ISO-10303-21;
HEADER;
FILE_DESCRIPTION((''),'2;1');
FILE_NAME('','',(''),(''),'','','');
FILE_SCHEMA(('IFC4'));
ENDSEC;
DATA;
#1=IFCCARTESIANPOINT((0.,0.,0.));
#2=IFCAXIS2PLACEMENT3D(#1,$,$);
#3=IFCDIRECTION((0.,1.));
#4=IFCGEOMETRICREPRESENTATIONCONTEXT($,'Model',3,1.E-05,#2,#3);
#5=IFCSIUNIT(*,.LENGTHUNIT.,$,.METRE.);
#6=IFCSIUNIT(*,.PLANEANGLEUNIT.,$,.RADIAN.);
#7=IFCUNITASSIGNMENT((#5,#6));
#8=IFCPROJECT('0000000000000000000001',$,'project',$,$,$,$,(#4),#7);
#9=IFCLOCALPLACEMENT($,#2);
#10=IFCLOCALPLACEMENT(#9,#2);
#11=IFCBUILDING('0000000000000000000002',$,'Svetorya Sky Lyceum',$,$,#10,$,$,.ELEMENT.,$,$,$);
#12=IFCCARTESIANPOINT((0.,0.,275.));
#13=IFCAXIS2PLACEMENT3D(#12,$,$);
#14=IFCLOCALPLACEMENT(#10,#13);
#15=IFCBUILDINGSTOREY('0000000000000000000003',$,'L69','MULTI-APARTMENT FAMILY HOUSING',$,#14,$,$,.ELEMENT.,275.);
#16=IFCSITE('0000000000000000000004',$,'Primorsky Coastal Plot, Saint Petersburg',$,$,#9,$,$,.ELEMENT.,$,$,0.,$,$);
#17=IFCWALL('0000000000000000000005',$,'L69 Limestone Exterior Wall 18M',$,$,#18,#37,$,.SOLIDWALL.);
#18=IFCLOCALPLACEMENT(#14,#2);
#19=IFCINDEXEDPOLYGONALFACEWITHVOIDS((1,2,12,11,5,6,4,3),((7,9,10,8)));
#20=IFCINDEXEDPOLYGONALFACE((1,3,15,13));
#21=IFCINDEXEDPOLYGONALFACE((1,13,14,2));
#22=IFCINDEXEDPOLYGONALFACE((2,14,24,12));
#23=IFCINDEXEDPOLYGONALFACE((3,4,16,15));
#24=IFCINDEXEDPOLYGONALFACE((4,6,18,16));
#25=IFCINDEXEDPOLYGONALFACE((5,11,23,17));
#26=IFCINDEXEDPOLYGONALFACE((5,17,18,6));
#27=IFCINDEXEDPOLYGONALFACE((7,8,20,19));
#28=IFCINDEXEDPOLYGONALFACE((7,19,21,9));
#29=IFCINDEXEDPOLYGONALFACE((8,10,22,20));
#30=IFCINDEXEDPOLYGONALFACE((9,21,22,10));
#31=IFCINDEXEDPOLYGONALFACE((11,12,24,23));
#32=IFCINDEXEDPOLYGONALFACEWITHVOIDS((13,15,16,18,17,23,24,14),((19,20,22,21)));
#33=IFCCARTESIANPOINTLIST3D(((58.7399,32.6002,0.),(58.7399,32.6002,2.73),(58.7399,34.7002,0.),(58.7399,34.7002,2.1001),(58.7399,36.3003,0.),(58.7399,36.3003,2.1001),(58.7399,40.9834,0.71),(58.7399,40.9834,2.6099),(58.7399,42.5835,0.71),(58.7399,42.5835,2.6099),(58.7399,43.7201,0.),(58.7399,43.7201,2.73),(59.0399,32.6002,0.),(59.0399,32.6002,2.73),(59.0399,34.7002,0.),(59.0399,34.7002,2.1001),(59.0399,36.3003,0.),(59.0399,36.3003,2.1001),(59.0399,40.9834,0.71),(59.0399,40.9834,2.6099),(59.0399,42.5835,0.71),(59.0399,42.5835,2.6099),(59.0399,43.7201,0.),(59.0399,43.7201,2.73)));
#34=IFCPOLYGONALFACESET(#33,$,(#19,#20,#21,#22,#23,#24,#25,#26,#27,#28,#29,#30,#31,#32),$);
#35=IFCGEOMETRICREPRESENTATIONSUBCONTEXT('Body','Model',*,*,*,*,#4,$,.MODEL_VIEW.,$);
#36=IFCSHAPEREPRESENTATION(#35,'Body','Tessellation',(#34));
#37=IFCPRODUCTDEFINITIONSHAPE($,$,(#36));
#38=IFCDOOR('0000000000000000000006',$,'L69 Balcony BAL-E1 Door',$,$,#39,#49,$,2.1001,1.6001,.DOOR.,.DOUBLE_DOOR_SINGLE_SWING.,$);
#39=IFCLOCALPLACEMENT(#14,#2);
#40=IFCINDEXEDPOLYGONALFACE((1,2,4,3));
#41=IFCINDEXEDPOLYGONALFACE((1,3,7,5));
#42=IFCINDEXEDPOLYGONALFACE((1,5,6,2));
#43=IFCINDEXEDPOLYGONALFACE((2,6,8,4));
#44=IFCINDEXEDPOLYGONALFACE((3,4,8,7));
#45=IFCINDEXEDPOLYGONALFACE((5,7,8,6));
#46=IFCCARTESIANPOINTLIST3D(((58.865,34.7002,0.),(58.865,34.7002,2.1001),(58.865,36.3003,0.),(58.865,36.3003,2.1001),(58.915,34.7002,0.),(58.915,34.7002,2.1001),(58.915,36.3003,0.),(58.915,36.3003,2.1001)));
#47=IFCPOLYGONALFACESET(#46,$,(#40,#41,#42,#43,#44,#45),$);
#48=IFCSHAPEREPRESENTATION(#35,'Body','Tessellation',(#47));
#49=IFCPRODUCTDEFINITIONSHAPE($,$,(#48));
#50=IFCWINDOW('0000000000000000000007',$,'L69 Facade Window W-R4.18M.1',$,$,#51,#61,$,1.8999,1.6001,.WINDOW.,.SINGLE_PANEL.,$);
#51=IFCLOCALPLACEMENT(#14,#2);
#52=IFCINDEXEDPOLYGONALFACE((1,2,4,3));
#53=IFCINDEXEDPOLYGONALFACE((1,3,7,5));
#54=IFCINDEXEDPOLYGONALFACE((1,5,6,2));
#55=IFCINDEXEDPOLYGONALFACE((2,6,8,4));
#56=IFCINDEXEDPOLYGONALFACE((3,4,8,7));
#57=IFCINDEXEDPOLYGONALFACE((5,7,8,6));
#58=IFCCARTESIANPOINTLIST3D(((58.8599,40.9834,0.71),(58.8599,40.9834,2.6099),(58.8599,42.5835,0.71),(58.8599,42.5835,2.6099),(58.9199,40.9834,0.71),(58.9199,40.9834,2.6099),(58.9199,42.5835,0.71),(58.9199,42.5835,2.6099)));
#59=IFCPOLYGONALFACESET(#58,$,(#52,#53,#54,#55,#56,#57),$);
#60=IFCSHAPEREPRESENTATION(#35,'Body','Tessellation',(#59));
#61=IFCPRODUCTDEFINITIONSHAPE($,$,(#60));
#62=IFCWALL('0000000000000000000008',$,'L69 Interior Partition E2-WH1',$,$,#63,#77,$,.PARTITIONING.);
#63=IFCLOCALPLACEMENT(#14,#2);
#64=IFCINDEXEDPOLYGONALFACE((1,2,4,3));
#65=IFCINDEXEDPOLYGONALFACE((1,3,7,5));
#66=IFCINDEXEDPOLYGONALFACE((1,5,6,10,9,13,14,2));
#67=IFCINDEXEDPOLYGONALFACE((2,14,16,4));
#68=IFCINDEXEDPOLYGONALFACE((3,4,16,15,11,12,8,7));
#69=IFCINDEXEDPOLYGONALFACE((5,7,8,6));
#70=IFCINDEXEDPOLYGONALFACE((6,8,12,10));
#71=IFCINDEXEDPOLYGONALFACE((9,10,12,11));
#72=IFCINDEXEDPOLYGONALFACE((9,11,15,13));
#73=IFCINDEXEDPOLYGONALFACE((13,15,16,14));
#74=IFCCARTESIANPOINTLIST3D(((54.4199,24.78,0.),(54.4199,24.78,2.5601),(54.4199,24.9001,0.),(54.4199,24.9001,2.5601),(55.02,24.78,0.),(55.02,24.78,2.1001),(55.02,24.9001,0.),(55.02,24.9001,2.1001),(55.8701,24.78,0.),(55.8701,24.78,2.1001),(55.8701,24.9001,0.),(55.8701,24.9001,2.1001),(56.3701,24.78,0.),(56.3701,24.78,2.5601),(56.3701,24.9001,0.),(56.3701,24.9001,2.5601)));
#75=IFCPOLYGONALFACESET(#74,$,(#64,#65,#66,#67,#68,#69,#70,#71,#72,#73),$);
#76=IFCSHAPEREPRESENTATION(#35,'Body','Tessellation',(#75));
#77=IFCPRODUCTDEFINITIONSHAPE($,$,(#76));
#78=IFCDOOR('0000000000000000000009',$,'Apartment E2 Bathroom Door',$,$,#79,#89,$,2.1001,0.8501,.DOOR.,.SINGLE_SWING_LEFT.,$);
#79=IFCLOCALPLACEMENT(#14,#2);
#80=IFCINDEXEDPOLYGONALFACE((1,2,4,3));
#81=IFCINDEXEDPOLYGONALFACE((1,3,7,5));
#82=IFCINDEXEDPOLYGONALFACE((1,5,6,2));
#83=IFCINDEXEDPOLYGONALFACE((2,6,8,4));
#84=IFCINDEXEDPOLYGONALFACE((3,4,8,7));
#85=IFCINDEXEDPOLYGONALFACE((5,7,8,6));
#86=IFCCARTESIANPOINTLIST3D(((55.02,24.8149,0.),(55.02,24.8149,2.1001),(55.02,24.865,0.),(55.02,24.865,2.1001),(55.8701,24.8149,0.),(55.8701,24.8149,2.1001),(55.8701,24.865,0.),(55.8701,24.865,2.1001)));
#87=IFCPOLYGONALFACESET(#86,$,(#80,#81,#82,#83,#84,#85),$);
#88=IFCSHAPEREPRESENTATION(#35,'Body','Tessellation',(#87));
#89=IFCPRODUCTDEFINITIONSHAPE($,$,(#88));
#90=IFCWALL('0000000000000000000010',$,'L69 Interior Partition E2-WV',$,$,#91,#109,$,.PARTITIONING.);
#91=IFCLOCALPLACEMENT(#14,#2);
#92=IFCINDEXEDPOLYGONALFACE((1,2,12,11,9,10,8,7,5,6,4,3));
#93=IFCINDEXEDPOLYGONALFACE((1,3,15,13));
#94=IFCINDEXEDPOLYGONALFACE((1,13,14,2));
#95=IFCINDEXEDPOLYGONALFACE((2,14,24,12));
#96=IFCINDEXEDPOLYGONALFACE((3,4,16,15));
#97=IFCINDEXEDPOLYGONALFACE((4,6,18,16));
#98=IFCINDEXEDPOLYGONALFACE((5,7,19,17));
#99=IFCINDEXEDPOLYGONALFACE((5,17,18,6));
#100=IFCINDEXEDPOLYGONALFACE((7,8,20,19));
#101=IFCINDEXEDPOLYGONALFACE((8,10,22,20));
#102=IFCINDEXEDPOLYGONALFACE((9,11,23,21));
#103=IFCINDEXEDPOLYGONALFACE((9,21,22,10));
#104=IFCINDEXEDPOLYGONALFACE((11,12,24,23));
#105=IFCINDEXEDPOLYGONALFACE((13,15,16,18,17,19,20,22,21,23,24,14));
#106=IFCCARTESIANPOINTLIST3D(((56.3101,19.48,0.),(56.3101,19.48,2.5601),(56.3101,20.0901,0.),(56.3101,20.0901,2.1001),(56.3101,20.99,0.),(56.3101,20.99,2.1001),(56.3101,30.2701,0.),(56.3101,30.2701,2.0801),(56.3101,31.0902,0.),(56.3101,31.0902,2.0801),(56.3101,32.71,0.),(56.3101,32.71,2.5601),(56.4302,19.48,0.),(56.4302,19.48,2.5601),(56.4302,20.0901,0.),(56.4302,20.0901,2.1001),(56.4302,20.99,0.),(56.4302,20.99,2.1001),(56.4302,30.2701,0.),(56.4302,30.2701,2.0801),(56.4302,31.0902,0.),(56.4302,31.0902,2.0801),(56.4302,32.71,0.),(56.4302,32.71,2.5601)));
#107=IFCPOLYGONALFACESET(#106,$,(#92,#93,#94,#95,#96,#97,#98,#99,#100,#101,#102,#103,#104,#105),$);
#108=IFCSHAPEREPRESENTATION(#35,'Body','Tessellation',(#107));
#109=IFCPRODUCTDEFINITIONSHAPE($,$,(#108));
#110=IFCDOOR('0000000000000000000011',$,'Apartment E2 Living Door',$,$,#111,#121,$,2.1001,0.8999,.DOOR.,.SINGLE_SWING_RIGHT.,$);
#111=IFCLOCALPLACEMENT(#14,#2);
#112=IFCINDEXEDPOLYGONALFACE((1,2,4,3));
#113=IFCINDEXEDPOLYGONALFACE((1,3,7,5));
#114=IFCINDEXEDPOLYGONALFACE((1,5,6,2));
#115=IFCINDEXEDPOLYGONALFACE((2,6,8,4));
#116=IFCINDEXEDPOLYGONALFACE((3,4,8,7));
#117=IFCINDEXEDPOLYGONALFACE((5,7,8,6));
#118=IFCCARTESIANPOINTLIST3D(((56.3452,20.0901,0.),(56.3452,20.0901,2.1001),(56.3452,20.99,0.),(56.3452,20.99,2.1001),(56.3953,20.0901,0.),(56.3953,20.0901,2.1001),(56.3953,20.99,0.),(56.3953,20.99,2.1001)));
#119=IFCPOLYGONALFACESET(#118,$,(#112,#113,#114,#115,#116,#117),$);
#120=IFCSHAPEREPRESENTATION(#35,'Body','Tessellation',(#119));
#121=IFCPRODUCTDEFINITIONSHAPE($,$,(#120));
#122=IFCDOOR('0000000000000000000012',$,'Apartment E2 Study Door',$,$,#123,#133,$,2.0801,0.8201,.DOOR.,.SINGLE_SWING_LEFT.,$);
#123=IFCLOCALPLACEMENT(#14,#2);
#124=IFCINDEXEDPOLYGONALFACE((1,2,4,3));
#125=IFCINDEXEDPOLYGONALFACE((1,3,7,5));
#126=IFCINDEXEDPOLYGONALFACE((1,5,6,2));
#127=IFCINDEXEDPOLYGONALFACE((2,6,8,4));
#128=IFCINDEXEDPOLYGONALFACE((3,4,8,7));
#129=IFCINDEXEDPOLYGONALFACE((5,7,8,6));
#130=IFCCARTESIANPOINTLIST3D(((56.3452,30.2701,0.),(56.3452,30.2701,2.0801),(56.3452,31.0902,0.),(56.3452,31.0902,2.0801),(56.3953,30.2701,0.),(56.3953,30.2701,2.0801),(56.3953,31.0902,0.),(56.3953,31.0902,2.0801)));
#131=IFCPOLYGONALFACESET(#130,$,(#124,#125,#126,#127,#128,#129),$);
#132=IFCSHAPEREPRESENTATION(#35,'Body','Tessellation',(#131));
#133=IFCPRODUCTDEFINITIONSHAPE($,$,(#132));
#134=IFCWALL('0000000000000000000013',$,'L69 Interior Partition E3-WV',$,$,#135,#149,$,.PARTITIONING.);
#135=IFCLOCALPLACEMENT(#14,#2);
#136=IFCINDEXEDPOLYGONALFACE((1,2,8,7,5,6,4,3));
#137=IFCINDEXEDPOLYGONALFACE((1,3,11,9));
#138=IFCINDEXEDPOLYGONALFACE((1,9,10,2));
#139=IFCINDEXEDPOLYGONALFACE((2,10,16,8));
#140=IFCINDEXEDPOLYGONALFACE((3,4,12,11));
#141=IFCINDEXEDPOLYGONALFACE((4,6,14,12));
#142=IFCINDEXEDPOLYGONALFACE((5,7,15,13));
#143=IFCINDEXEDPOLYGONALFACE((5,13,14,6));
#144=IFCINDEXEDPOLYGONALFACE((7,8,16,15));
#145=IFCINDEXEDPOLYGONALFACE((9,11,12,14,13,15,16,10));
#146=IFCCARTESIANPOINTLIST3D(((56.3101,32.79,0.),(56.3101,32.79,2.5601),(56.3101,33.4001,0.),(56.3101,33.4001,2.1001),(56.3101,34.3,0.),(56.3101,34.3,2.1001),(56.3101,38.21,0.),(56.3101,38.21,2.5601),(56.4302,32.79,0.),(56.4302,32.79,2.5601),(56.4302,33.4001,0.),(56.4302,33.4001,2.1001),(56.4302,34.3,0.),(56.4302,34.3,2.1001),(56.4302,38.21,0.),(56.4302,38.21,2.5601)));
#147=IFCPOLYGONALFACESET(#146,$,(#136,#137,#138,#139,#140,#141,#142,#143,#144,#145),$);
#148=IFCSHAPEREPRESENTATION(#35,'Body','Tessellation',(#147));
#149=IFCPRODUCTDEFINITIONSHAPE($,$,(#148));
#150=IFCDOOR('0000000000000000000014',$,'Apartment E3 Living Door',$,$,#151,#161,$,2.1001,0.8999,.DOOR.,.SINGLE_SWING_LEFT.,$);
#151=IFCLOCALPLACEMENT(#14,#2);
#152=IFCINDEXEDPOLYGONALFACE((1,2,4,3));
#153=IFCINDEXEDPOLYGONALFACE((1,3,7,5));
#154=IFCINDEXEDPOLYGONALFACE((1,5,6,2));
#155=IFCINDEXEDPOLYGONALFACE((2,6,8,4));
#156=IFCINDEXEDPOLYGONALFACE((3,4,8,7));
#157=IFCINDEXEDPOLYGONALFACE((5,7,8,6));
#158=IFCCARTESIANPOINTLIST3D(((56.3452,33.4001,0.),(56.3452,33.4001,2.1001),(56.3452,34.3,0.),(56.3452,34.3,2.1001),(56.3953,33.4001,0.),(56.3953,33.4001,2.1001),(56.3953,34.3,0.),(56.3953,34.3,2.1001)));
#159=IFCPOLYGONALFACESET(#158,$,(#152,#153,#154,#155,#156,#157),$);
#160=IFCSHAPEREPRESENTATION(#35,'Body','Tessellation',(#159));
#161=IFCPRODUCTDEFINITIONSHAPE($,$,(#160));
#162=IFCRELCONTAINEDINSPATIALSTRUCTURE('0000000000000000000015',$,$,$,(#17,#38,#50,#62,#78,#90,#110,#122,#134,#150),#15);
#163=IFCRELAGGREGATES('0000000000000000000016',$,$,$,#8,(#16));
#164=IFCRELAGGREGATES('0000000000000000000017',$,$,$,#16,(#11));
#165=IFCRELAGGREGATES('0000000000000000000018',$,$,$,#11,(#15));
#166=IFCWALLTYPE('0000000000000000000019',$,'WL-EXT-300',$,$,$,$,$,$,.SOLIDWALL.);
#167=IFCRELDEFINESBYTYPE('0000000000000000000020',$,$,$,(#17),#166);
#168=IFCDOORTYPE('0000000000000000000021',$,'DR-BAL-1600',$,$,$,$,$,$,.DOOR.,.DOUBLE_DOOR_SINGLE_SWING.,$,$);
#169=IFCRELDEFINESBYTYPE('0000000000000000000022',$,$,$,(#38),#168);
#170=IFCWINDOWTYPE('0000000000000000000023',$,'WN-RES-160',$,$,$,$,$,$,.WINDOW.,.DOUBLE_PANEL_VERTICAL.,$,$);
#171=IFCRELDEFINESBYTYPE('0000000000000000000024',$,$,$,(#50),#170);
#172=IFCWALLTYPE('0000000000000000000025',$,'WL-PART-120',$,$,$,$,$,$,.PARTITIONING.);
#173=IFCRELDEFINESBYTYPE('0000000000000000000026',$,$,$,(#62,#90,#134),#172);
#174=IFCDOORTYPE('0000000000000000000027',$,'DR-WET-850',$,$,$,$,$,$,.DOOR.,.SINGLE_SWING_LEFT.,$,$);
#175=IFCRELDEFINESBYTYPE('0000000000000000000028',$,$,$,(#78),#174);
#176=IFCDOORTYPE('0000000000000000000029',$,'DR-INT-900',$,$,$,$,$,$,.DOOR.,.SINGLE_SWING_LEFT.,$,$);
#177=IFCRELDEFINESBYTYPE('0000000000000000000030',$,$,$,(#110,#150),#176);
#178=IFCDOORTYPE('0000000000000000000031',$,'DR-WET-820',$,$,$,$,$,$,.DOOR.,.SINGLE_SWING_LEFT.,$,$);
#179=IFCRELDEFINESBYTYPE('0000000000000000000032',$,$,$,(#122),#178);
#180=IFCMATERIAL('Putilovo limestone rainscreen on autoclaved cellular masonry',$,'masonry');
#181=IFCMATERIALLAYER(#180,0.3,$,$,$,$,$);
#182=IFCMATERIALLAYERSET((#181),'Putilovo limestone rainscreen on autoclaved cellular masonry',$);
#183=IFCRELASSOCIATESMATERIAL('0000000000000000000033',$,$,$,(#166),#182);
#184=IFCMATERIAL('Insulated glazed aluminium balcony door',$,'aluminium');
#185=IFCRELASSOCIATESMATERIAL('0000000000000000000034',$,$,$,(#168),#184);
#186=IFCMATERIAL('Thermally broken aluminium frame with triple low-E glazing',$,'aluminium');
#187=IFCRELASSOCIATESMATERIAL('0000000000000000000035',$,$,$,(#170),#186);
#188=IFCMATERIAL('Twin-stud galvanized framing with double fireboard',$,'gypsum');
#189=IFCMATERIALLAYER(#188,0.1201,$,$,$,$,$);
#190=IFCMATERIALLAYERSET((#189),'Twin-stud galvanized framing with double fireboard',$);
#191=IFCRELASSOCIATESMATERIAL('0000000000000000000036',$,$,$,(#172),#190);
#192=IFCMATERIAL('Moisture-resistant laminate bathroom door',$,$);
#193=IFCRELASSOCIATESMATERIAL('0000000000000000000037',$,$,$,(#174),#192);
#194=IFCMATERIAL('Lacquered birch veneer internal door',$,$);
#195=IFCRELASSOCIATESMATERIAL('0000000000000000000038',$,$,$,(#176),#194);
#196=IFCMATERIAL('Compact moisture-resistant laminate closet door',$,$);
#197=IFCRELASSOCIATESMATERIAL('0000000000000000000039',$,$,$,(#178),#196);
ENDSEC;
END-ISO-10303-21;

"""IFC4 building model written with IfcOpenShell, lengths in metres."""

from ifc_helpers import new_model, si_unit, direction, frame, frame_2d, origin, place, context, subcontext, project, spatial, rectangle, extrude, material, layer, layer_set, type_object, element, fill, save


model = new_model("IFC4")

# Units and contexts
model_context = context("Model", 3, precision=1e-05, world=origin(), true_north=direction((0.0, 1.0)))
body_context = subcontext(model_context, "Body", "Model", "MODEL_VIEW")
ifc_project = project(units=[si_unit("LENGTHUNIT", "METRE"), si_unit("PLANEANGLEUNIT", "RADIAN")], contexts=[model_context])

# Site, building, storey
site_placement = place(None, origin())
site = spatial("IfcSite", under=ifc_project, at=site_placement, Name="Primorsky Coastal Plot, Saint Petersburg", CompositionType="ELEMENT", RefElevation=0.0)
building_placement = place(site_placement, origin())
building = spatial("IfcBuilding", under=site, at=building_placement, Name="Svetorya Sky Lyceum", CompositionType="ELEMENT")
storey_placement = place(building_placement, frame((0.0, 0.0, 275.0)))
storey = spatial("IfcBuildingStorey", under=building, at=storey_placement, Name="L69", Description="MULTI-APARTMENT FAMILY HOUSING", CompositionType="ELEMENT", Elevation=275.0)

# Shared definitions
ifc_material_1 = material(Name="Putilovo limestone rainscreen on autoclaved cellular masonry", Category="masonry")
ifc_layer_1 = layer(ifc_material_1, 0.3)
ifc_layer_set_1 = layer_set([ifc_layer_1], Name="Putilovo limestone rainscreen on autoclaved cellular masonry")
wall_type_1 = type_object("IfcWallType", Name="WL-EXT-300", PredefinedType="SOLIDWALL", material=ifc_layer_set_1)
ifc_material_2 = material(Name="Thermally broken aluminium frame with triple low-E glazing", Category="aluminium")

# Wall, openings, door, window
wall_1_placement = place(storey_placement, frame((58.8899, 32.6001, 0.0), z_axis=(0.0, 0.0, 1.0), x_axis=(0.0, 1.0, 0.0)))
wall_1 = element("IfcWall", 1, at=wall_1_placement, inside=storey, type_object=wall_type_1, Name="L69 Limestone Exterior Wall 18M", PredefinedType="SOLIDWALL", context=body_context, shape_type="SweptSolid", body=[
    extrude(rectangle(XDim=11.1199, YDim=0.3, at=frame_2d((5.5601, 0.0))), origin(), (0.0, 0.0, 1.0), 2.73),
])
opening_1_placement = place(wall_1_placement, frame((2.1001, 0.0, 0.0)))
opening_1 = element("IfcOpeningElement", 2, at=opening_1_placement, cuts=wall_1, PredefinedType="OPENING", context=body_context, shape_type="SweptSolid", body=[
    extrude(rectangle(XDim=1.6001, YDim=2.1001, at=frame_2d((0.8, 1.05))), frame((0.0, 0.1599, 0.0), z_axis=(0.0, -1.0, 0.0), x_axis=(1.0, 0.0, 0.0)), (0.0, 0.0, 1.0), 0.3201),
])
opening_2_placement = place(wall_1_placement, frame((8.3833, 0.0, 0.71)))
opening_2 = element("IfcOpeningElement", 3, at=opening_2_placement, cuts=wall_1, PredefinedType="OPENING", context=body_context, shape_type="SweptSolid", body=[
    extrude(rectangle(XDim=1.6001, YDim=1.8999, at=frame_2d((0.8, 0.95))), frame((0.0, 0.1599, 0.0), z_axis=(0.0, -1.0, 0.0), x_axis=(1.0, 0.0, 0.0)), (0.0, 0.0, 1.0), 0.3201),
])
ifc_material_3 = material(Name="Insulated glazed aluminium balcony door", Category="aluminium")
door_type_1 = type_object("IfcDoorType", Name="DR-BAL-1600", OperationType="DOUBLE_DOOR_SINGLE_SWING", PredefinedType="DOOR", material=ifc_material_3)
door_1_placement = place(opening_1_placement, origin())
door_1 = element("IfcDoor", 4, at=door_1_placement, inside=storey, type_object=door_type_1, Name="L69 Balcony BAL-E1 Door", OperationType="DOUBLE_DOOR_SINGLE_SWING", OverallHeight=2.1001, OverallWidth=1.6001, PredefinedType="DOOR", context=body_context, shape_type="SweptSolid", body=[
    extrude(rectangle(XDim=1.6001, YDim=2.1001, at=frame_2d((0.8, 1.05))), frame((0.0, 0.0249, 0.0), z_axis=(0.0, -1.0, 0.0), x_axis=(1.0, 0.0, 0.0)), (0.0, 0.0, 1.0), 0.05),
])
fill(opening_1, door_1)
window_type_1 = type_object("IfcWindowType", Name="WN-RES-160", PartitioningType="DOUBLE_PANEL_VERTICAL", PredefinedType="WINDOW", material=ifc_material_2)
window_1_placement = place(opening_2_placement, origin())
window_1 = element("IfcWindow", 5, at=window_1_placement, inside=storey, type_object=window_type_1, Name="L69 Facade Window W-R4.18M.1", OverallHeight=1.8999, OverallWidth=1.6001, PartitioningType="SINGLE_PANEL", PredefinedType="WINDOW", context=body_context, shape_type="SweptSolid", body=[
    extrude(rectangle(XDim=1.6001, YDim=1.8999, at=frame_2d((0.8, 0.95))), frame((0.0, 0.03, 0.0), z_axis=(0.0, -1.0, 0.0), x_axis=(1.0, 0.0, 0.0)), (0.0, 0.0, 1.0), 0.0601),
])
fill(opening_2, window_1)

# Wall, opening, door
ifc_material_4 = material(Name="Twin-stud galvanized framing with double fireboard", Category="gypsum")
ifc_layer_2 = layer(ifc_material_4, 0.1201)
ifc_layer_set_2 = layer_set([ifc_layer_2], Name="Twin-stud galvanized framing with double fireboard")
wall_type_2 = type_object("IfcWallType", Name="WL-PART-120", PredefinedType="PARTITIONING", material=ifc_layer_set_2)
wall_2_placement = place(storey_placement, frame((54.4199, 24.8401, 0.0), z_axis=(0.0, 0.0, 1.0), x_axis=(1.0, 0.0, 0.0)))
wall_2 = element("IfcWall", 6, at=wall_2_placement, inside=storey, type_object=wall_type_2, Name="L69 Interior Partition E2-WH1", PredefinedType="PARTITIONING", context=body_context, shape_type="SweptSolid", body=[
    extrude(rectangle(XDim=1.9502, YDim=0.1201, at=frame_2d((0.9751, 0.0))), origin(), (0.0, 0.0, 1.0), 2.5601),
])
opening_3_placement = place(wall_2_placement, frame((0.6001, 0.0, 0.0)))
opening_3 = element("IfcOpeningElement", 7, at=opening_3_placement, cuts=wall_2, PredefinedType="OPENING", context=body_context, shape_type="SweptSolid", body=[
    extrude(rectangle(XDim=0.8501, YDim=2.1001, at=frame_2d((0.425, 1.05))), frame((0.0, 0.0701, 0.0), z_axis=(0.0, -1.0, 0.0), x_axis=(1.0, 0.0, 0.0)), (0.0, 0.0, 1.0), 0.1401),
])
ifc_material_5 = material(Name="Moisture-resistant laminate bathroom door")
door_type_2 = type_object("IfcDoorType", Name="DR-WET-850", OperationType="SINGLE_SWING_LEFT", PredefinedType="DOOR", material=ifc_material_5)
door_2_placement = place(opening_3_placement, origin())
door_2 = element("IfcDoor", 8, at=door_2_placement, inside=storey, type_object=door_type_2, Name="Apartment E2 Bathroom Door", OperationType="SINGLE_SWING_LEFT", OverallHeight=2.1001, OverallWidth=0.8501, PredefinedType="DOOR", context=body_context, shape_type="SweptSolid", body=[
    extrude(rectangle(XDim=0.8501, YDim=2.1001, at=frame_2d((0.425, 1.05))), frame((0.0, 0.0249, 0.0), z_axis=(0.0, -1.0, 0.0), x_axis=(1.0, 0.0, 0.0)), (0.0, 0.0, 1.0), 0.05),
])
fill(opening_3, door_2)

# Wall, openings, doors
wall_3_placement = place(storey_placement, frame((56.3701, 19.48, 0.0), z_axis=(0.0, 0.0, 1.0), x_axis=(0.0, 1.0, 0.0)))
wall_3 = element("IfcWall", 9, at=wall_3_placement, inside=storey, type_object=wall_type_2, Name="L69 Interior Partition E2-WV", PredefinedType="PARTITIONING", context=body_context, shape_type="SweptSolid", body=[
    extrude(rectangle(XDim=13.23, YDim=0.1201, at=frame_2d((6.615, 0.0))), origin(), (0.0, 0.0, 1.0), 2.5601),
])
opening_4_placement = place(wall_3_placement, frame((0.6101, 0.0, 0.0)))
opening_4 = element("IfcOpeningElement", 10, at=opening_4_placement, cuts=wall_3, PredefinedType="OPENING", context=body_context, shape_type="SweptSolid", body=[
    extrude(rectangle(XDim=0.8999, YDim=2.1001, at=frame_2d((0.45, 1.05))), frame((0.0, 0.0701, 0.0), z_axis=(0.0, -1.0, 0.0), x_axis=(1.0, 0.0, 0.0)), (0.0, 0.0, 1.0), 0.1401),
])
opening_5_placement = place(wall_3_placement, frame((10.79, 0.0, 0.0)))
opening_5 = element("IfcOpeningElement", 11, at=opening_5_placement, cuts=wall_3, PredefinedType="OPENING", context=body_context, shape_type="SweptSolid", body=[
    extrude(rectangle(XDim=0.8201, YDim=2.0801, at=frame_2d((0.4102, 1.04))), frame((0.0, 0.0701, 0.0), z_axis=(0.0, -1.0, 0.0), x_axis=(1.0, 0.0, 0.0)), (0.0, 0.0, 1.0), 0.1401),
])
ifc_material_6 = material(Name="Lacquered birch veneer internal door")
door_type_3 = type_object("IfcDoorType", Name="DR-INT-900", OperationType="SINGLE_SWING_LEFT", PredefinedType="DOOR", material=ifc_material_6)
door_3_placement = place(opening_4_placement, origin())
door_3 = element("IfcDoor", 12, at=door_3_placement, inside=storey, type_object=door_type_3, Name="Apartment E2 Living Door", OperationType="SINGLE_SWING_RIGHT", OverallHeight=2.1001, OverallWidth=0.8999, PredefinedType="DOOR", context=body_context, shape_type="SweptSolid", body=[
    extrude(rectangle(XDim=0.8999, YDim=2.1001, at=frame_2d((0.45, 1.05))), frame((0.0, 0.0249, 0.0), z_axis=(0.0, -1.0, 0.0), x_axis=(1.0, 0.0, 0.0)), (0.0, 0.0, 1.0), 0.05),
])
fill(opening_4, door_3)
ifc_material_7 = material(Name="Compact moisture-resistant laminate closet door")
door_type_4 = type_object("IfcDoorType", Name="DR-WET-820", OperationType="SINGLE_SWING_LEFT", PredefinedType="DOOR", material=ifc_material_7)
door_4_placement = place(opening_5_placement, origin())
door_4 = element("IfcDoor", 13, at=door_4_placement, inside=storey, type_object=door_type_4, Name="Apartment E2 Study Door", OperationType="SINGLE_SWING_LEFT", OverallHeight=2.0801, OverallWidth=0.8201, PredefinedType="DOOR", context=body_context, shape_type="SweptSolid", body=[
    extrude(rectangle(XDim=0.8201, YDim=2.0801, at=frame_2d((0.4102, 1.04))), frame((0.0, 0.0249, 0.0), z_axis=(0.0, -1.0, 0.0), x_axis=(1.0, 0.0, 0.0)), (0.0, 0.0, 1.0), 0.05),
])
fill(opening_5, door_4)

# Wall, opening, door
wall_4_placement = place(storey_placement, frame((56.3701, 32.79, 0.0), z_axis=(0.0, 0.0, 1.0), x_axis=(0.0, 1.0, 0.0)))
wall_4 = element("IfcWall", 14, at=wall_4_placement, inside=storey, type_object=wall_type_2, Name="L69 Interior Partition E3-WV", PredefinedType="PARTITIONING", context=body_context, shape_type="SweptSolid", body=[
    extrude(rectangle(XDim=5.4199, YDim=0.1201, at=frame_2d((2.71, 0.0))), origin(), (0.0, 0.0, 1.0), 2.5601),
])
opening_6_placement = place(wall_4_placement, frame((0.6101, 0.0, 0.0)))
opening_6 = element("IfcOpeningElement", 15, at=opening_6_placement, cuts=wall_4, PredefinedType="OPENING", context=body_context, shape_type="SweptSolid", body=[
    extrude(rectangle(XDim=0.8999, YDim=2.1001, at=frame_2d((0.45, 1.05))), frame((0.0, 0.0701, 0.0), z_axis=(0.0, -1.0, 0.0), x_axis=(1.0, 0.0, 0.0)), (0.0, 0.0, 1.0), 0.1401),
])
door_5_placement = place(opening_6_placement, origin())
door_5 = element("IfcDoor", 16, at=door_5_placement, inside=storey, type_object=door_type_3, Name="Apartment E3 Living Door", OperationType="SINGLE_SWING_LEFT", OverallHeight=2.1001, OverallWidth=0.8999, PredefinedType="DOOR", context=body_context, shape_type="SweptSolid", body=[
    extrude(rectangle(XDim=0.8999, YDim=2.1001, at=frame_2d((0.45, 1.05))), frame((0.0, 0.0249, 0.0), z_axis=(0.0, -1.0, 0.0), x_axis=(1.0, 0.0, 0.0)), (0.0, 0.0, 1.0), 0.05),
])
fill(opening_6, door_5)

save(model, "model.ifc")
